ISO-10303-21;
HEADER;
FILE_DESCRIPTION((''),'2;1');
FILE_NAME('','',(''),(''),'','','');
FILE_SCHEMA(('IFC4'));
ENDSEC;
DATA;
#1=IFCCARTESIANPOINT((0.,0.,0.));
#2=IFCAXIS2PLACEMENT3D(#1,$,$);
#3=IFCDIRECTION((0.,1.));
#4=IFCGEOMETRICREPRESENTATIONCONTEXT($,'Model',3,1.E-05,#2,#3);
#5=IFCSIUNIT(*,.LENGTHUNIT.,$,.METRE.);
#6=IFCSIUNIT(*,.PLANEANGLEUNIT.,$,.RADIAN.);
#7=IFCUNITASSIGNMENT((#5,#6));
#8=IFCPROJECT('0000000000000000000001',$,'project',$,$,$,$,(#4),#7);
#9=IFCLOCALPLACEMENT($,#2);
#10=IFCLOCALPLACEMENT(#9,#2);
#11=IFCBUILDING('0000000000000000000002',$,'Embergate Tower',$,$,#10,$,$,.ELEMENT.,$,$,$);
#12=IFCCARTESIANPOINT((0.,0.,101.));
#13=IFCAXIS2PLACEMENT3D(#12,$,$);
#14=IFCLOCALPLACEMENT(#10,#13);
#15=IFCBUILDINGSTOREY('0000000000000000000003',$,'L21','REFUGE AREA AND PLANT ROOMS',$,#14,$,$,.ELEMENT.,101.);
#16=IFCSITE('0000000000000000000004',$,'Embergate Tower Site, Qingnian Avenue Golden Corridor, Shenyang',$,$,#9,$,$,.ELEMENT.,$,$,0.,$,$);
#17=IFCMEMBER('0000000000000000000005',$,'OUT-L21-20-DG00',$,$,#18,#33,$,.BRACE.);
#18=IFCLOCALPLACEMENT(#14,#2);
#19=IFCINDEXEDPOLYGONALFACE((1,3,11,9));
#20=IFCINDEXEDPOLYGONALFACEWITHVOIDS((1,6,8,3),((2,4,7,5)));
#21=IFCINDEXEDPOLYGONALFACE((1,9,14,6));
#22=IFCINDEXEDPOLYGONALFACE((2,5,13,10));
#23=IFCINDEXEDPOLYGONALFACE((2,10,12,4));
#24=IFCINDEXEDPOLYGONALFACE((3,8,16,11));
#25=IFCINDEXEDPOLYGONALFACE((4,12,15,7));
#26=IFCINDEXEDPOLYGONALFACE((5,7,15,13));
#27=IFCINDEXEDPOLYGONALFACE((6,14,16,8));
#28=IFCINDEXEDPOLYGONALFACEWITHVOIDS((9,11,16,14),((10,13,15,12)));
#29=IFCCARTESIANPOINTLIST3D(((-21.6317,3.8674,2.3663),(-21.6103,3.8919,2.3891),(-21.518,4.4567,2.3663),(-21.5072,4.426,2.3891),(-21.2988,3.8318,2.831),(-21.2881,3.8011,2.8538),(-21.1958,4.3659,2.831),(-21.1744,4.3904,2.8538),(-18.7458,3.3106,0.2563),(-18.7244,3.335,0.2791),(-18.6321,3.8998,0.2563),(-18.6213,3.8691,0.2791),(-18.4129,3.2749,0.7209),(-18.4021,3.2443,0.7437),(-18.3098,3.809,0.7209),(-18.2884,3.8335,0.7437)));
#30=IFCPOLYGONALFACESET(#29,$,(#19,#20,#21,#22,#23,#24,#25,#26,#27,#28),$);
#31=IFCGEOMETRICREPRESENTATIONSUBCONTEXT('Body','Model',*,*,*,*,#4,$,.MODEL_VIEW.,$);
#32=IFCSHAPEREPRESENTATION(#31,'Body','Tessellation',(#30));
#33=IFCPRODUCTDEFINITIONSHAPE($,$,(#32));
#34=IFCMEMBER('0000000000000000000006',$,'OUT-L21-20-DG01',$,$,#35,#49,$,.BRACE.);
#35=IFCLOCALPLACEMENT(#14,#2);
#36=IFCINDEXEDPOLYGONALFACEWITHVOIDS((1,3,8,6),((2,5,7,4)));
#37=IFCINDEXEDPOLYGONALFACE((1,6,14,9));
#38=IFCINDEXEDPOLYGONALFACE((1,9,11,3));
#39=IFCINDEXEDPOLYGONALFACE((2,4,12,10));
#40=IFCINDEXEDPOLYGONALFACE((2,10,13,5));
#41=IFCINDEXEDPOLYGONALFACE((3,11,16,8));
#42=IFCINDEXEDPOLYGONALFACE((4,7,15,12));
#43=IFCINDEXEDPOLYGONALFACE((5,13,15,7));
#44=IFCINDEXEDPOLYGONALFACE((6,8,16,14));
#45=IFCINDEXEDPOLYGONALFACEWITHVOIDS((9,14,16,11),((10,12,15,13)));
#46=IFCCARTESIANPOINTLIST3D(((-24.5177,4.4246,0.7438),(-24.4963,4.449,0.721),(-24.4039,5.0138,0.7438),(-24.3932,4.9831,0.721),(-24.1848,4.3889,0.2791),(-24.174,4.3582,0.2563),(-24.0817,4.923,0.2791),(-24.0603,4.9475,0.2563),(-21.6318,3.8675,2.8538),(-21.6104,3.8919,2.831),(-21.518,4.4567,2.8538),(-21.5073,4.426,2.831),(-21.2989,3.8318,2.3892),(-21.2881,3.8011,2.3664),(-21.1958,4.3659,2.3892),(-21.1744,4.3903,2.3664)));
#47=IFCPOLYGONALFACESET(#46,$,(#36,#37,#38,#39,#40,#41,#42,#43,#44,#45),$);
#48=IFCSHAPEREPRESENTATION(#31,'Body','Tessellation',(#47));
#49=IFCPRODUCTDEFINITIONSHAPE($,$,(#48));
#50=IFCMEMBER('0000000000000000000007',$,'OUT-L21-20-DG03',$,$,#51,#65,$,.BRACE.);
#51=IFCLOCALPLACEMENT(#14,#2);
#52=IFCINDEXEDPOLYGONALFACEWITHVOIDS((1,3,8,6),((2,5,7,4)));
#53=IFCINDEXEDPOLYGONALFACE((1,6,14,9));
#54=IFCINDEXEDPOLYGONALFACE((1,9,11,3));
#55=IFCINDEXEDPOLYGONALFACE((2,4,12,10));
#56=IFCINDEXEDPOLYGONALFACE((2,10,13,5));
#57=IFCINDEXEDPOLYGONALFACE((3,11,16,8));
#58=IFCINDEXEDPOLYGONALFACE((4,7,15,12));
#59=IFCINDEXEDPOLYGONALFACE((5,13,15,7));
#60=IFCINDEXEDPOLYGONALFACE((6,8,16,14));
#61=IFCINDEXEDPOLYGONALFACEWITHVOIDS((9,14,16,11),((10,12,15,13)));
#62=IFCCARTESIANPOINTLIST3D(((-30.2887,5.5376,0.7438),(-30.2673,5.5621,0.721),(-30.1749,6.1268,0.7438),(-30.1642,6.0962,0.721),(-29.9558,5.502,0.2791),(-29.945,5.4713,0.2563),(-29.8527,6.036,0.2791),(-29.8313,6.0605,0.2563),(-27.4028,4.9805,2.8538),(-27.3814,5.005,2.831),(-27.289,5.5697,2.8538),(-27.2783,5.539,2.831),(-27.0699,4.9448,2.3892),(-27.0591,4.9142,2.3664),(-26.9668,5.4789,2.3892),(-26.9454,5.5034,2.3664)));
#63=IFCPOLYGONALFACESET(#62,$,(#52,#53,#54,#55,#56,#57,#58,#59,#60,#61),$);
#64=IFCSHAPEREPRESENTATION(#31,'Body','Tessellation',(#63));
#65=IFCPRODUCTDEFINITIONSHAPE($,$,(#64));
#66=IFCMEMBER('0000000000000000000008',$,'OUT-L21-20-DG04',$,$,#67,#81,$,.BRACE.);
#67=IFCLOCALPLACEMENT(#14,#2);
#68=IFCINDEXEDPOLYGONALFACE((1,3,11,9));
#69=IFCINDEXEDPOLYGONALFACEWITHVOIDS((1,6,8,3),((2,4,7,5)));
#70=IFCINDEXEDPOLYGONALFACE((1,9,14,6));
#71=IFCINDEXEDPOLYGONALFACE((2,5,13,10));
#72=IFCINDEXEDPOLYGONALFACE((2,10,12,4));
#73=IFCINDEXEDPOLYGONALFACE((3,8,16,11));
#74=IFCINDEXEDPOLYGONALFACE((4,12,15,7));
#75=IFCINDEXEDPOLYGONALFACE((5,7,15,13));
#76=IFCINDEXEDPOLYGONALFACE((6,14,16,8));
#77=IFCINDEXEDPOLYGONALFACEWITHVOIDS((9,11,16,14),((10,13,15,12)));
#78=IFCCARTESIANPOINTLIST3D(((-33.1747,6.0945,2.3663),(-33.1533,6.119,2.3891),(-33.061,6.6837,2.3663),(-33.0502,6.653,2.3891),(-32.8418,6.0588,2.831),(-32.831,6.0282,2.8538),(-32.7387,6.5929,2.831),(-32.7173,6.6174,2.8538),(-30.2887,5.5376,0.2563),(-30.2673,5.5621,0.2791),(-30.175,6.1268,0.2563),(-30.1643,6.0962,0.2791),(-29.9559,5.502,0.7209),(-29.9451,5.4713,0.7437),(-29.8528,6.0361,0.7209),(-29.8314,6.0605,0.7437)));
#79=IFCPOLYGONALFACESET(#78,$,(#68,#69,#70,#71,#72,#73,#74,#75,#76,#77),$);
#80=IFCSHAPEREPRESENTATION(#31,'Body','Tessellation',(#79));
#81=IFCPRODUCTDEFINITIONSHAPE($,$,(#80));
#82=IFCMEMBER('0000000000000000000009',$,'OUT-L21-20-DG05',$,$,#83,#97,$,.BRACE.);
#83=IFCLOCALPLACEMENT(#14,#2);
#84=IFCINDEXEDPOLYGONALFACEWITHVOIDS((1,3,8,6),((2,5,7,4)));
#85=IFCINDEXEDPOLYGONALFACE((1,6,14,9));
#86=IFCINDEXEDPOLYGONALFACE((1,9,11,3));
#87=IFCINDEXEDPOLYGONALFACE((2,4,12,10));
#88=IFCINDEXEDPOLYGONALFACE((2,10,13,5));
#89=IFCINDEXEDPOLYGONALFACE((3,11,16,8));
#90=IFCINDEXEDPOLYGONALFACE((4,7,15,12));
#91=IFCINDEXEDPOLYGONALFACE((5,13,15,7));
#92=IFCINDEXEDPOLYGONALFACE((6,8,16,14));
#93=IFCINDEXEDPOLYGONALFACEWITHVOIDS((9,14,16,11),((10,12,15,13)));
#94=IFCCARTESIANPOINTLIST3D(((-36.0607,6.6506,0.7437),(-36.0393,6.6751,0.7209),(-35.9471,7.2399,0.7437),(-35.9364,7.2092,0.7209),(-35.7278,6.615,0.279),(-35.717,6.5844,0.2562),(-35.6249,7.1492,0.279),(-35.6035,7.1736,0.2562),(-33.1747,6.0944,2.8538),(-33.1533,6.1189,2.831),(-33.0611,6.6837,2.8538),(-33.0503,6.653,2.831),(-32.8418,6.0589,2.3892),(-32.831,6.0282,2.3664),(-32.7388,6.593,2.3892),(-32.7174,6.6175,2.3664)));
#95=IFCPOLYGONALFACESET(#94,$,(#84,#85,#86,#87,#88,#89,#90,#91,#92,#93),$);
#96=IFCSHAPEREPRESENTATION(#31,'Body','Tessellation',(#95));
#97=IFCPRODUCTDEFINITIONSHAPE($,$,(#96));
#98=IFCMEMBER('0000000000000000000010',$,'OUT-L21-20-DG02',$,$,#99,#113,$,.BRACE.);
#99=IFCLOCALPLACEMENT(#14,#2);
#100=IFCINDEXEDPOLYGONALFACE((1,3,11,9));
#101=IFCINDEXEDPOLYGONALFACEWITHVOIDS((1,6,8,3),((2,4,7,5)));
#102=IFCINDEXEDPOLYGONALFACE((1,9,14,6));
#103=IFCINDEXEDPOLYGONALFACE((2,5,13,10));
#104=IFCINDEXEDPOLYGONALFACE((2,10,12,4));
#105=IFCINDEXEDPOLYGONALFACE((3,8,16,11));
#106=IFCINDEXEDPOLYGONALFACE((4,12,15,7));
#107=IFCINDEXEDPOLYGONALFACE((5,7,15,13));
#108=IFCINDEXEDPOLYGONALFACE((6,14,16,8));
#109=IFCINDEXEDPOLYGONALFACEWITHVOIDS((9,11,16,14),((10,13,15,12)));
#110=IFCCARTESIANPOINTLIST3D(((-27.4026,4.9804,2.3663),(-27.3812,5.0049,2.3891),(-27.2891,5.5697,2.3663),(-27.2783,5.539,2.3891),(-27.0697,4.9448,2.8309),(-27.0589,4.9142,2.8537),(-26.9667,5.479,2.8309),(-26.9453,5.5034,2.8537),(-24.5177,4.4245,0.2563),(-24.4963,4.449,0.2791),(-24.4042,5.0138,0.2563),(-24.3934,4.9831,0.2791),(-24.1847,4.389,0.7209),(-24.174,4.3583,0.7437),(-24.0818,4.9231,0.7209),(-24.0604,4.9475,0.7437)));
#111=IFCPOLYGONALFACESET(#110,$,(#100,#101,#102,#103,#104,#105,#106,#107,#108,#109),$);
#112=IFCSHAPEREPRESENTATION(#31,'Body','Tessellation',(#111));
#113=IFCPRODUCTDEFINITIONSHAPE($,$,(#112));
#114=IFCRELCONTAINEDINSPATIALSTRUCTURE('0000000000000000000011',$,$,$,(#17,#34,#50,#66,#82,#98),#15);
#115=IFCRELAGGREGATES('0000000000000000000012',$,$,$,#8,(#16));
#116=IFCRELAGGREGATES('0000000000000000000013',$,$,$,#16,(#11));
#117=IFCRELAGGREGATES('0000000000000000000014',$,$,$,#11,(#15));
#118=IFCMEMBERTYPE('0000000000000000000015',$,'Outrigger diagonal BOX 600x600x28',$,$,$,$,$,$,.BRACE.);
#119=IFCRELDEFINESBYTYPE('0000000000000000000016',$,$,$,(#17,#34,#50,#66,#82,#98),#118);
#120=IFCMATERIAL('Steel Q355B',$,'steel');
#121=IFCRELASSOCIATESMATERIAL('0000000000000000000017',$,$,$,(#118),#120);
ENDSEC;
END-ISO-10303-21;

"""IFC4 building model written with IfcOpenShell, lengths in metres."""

from ifc_helpers import new_model, si_unit, direction, frame, origin, origin_2d, place, context, subcontext, project, spatial, hollow_rectangle, extrude, source, transform, mapped, material, material_profile, profile_set, type_object, element, save


model = new_model("IFC4")

# Units and contexts
model_context = context("Model", 3, precision=1e-05, world=origin(), true_north=direction((0.0, 1.0)))
body_context = subcontext(model_context, "Body", "Model", "MODEL_VIEW")
ifc_project = project(units=[si_unit("LENGTHUNIT", "METRE"), si_unit("PLANEANGLEUNIT", "RADIAN")], contexts=[model_context])

# Site, building, storey
site_placement = place(None, origin())
site = spatial("IfcSite", under=ifc_project, at=site_placement, Name="Embergate Tower Site, Qingnian Avenue Golden Corridor, Shenyang", CompositionType="ELEMENT", RefElevation=0.0)
building_placement = place(site_placement, origin())
building = spatial("IfcBuilding", under=site, at=building_placement, Name="Embergate Tower", CompositionType="ELEMENT")
storey_placement = place(building_placement, frame((0.0, 0.0, 101.0)))
storey = spatial("IfcBuildingStorey", under=building, at=storey_placement, Name="L21", Description="REFUGE AREA AND PLANT ROOMS", CompositionType="ELEMENT", Elevation=101.0)

# Members
ifc_material = material(Name="Steel Q355B", Category="steel")
ifc_material_profile_1 = material_profile(ifc_material, hollow_rectangle(XDim=0.6001, YDim=0.6001, WallThickness=0.0281, at=origin_2d()), Name="BOX 600x600x28")
ifc_profile_set_1 = profile_set([ifc_material_profile_1], Name="Steel Q355 grade B")
member_type_1 = type_object("IfcMemberType", Name="Outrigger diagonal BOX 600x600x28", PredefinedType="BRACE", material=ifc_profile_set_1)
shared_shape_1 = source(origin(), body_context, "Body", "SweptSolid", [
    extrude(hollow_rectangle(XDim=0.6001, YDim=0.6001, WallThickness=0.0281, at=origin_2d()), origin(), (0.0, 0.0, 1.0), 3.6182),
])
for number, where, z_axis, x_axis, name in (
    (1, (-18.5171, 3.572, 0.5), (-0.797624, 0.153911, 0.583188), (-0.189467, -0.981887, 0.0), "OUT-L21-20-DG00"),
    (2, (-21.4031, 4.1289, 2.6101), (-0.797615, 0.153977, -0.583182), (-0.189547, -0.981872, 0.0), "OUT-L21-20-DG01"),
    (3, (-27.1741, 5.2419, 2.6101), (-0.797615, 0.153977, -0.583182), (-0.189547, -0.981872, 0.0), "OUT-L21-20-DG03"),
    (4, (-30.0601, 5.7991, 0.5), (-0.797624, 0.153911, 0.583188), (-0.189467, -0.981887, 0.0), "OUT-L21-20-DG04"),
    (5, (-32.946, 6.356, 2.6101), (-0.797649, 0.153713, -0.583206), (-0.189226, -0.981933, 0.0), "OUT-L21-20-DG05"),
):
    element("IfcMember", number, at=place(storey_placement, frame(where, z_axis=z_axis, x_axis=x_axis)), inside=storey, type_object=member_type_1, Name=name, PredefinedType="BRACE", context=body_context, shape_type="MappedRepresentation", body=[
        mapped(shared_shape_1, transform((0.0, 0.0, 0.0))),
    ])
shared_shape_2 = source(origin(), body_context, "Body", "SweptSolid", [
    extrude(hollow_rectangle(XDim=0.6001, YDim=0.6001, WallThickness=0.0281, at=origin_2d()), origin(), (0.0, 0.0, 1.0), 3.6172),
])
member_1_placement = place(storey_placement, frame((-24.2891, 4.686, 0.5), z_axis=(-0.797559, 0.15368, 0.583337), x_axis=(-0.189208, -0.981937, 0.0)))
element("IfcMember", 6, at=member_1_placement, inside=storey, type_object=member_type_1, Name="OUT-L21-20-DG02", PredefinedType="BRACE", context=body_context, shape_type="MappedRepresentation", body=[
    mapped(shared_shape_2, transform((0.0, 0.0, 0.0))),
])

save(model, "model.ifc")
